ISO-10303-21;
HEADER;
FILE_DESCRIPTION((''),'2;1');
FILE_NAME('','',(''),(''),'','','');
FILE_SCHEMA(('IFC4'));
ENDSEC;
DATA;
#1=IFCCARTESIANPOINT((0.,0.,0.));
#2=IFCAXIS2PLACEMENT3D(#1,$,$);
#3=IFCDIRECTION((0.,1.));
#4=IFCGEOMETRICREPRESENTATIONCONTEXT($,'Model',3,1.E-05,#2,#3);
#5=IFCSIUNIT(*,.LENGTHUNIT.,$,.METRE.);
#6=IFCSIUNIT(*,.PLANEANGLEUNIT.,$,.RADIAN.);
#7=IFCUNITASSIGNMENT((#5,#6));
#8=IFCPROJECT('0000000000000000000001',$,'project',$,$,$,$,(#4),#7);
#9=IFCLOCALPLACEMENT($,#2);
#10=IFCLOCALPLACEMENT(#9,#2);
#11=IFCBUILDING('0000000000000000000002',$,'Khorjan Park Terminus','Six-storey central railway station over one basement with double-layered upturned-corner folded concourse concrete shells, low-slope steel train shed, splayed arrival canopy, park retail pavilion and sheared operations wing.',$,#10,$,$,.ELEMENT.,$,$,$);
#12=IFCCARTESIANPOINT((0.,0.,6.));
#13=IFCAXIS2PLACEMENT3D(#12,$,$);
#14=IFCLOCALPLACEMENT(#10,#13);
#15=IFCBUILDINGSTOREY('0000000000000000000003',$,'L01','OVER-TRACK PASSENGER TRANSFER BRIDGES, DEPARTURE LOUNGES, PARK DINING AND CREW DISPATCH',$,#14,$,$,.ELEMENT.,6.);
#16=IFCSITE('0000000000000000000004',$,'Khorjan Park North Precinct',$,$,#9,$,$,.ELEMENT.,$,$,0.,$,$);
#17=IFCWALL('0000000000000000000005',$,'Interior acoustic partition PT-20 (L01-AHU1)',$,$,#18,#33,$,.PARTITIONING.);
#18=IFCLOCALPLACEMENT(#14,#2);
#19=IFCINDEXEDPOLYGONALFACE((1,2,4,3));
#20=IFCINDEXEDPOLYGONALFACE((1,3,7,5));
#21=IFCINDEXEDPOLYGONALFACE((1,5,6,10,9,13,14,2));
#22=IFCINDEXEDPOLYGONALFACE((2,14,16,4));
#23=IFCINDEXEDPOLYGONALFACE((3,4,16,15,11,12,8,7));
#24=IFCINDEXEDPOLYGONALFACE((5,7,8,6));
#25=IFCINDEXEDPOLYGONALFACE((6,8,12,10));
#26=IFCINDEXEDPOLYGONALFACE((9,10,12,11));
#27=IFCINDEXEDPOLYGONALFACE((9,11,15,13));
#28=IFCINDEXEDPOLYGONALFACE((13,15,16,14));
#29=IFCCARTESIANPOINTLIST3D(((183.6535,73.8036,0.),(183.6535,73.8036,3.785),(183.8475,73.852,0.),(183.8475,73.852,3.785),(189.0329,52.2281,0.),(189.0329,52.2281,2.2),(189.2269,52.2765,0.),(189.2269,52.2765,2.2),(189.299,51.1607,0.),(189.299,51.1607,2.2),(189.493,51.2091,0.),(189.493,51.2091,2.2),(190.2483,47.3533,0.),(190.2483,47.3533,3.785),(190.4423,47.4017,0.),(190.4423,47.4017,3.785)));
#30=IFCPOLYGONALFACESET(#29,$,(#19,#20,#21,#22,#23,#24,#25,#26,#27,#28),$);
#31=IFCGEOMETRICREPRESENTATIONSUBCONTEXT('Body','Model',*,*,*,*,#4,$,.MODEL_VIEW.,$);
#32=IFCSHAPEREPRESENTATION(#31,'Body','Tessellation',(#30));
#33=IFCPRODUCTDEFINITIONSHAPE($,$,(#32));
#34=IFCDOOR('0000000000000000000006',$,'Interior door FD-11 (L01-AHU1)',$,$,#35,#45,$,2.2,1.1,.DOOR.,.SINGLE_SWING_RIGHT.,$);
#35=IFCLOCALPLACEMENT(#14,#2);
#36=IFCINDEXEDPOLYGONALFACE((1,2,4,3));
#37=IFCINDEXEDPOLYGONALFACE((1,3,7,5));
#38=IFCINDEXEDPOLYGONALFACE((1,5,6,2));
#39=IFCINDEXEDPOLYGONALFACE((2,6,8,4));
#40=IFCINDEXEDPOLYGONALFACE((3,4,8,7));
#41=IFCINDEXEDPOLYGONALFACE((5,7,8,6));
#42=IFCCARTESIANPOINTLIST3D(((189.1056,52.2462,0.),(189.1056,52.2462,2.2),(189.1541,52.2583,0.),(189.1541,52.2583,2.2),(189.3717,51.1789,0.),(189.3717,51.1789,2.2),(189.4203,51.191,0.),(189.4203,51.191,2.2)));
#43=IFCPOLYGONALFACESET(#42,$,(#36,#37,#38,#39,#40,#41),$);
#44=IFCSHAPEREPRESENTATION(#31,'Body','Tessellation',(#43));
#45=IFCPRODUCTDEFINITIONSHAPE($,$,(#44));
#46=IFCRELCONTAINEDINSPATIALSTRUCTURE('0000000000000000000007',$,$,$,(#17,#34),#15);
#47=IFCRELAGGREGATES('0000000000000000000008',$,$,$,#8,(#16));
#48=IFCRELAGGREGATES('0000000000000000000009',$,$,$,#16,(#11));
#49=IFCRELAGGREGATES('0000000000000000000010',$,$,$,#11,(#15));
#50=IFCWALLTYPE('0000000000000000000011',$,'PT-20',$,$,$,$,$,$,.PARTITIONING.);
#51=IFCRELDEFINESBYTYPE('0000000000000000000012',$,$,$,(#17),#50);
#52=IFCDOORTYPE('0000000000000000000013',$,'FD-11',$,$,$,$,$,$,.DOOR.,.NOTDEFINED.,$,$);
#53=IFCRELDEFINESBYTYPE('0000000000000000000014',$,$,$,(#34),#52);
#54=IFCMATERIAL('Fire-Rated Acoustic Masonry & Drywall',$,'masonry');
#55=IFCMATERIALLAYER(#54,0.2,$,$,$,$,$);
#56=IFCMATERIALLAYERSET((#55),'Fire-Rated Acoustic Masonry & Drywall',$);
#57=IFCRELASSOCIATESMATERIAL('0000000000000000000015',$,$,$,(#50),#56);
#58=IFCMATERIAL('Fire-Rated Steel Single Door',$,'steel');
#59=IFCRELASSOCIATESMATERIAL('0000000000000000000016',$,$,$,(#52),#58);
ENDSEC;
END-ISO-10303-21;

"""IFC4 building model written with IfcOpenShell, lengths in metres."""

from ifc_helpers import new_model, si_unit, direction, frame, frame_2d, origin, place, context, subcontext, project, spatial, rectangle, extrude, material, layer, layer_set, type_object, element, fill, save


model = new_model("IFC4")

# Units and contexts
model_context = context("Model", 3, precision=1e-05, world=origin(), true_north=direction((0.0, 1.0)))
body_context = subcontext(model_context, "Body", "Model", "MODEL_VIEW")
ifc_project = project(units=[si_unit("LENGTHUNIT", "METRE"), si_unit("PLANEANGLEUNIT", "RADIAN")], contexts=[model_context])

# Site, building, storey
site_placement = place(None, origin())
site = spatial("IfcSite", under=ifc_project, at=site_placement, Name="Khorjan Park North Precinct", CompositionType="ELEMENT", RefElevation=0.0)
building_placement = place(site_placement, origin())
building = spatial("IfcBuilding", under=site, at=building_placement, Name="Khorjan Park Terminus", Description="Six-storey central railway station over one basement with double-layered upturned-corner folded concourse concrete shells, low-slope steel train shed, splayed arrival canopy, park retail pavilion and sheared operations wing.", CompositionType="ELEMENT")
storey_placement = place(building_placement, frame((0.0, 0.0, 6.0)))
storey = spatial("IfcBuildingStorey", under=building, at=storey_placement, Name="L01", Description="OVER-TRACK PASSENGER TRANSFER BRIDGES, DEPARTURE LOUNGES, PARK DINING AND CREW DISPATCH", CompositionType="ELEMENT", Elevation=6.0)

# Wall, opening, door
ifc_material_1 = material(Name="Fire-Rated Acoustic Masonry & Drywall", Category="masonry")
ifc_layer_1 = layer(ifc_material_1, 0.2)
ifc_layer_set_1 = layer_set([ifc_layer_1], Name="Fire-Rated Acoustic Masonry & Drywall")
wall_type_1 = type_object("IfcWallType", Name="PT-20", PredefinedType="PARTITIONING", material=ifc_layer_set_1)
wall_1_placement = place(storey_placement, frame((190.3453, 47.3775, 0.0), z_axis=(0.0, 0.0, 1.0), x_axis=(-0.241922, 0.970296, 0.0)))
wall_1 = element("IfcWall", 1, at=wall_1_placement, inside=storey, type_object=wall_type_1, Name="Interior acoustic partition PT-20 (L01-AHU1)", PredefinedType="PARTITIONING", context=body_context, shape_type="SweptSolid", body=[
    extrude(rectangle(XDim=27.26, YDim=0.2, at=frame_2d((13.63, 0.0))), origin(), (0.0, 0.0, 1.0), 3.785),
])
opening_1_placement = place(wall_1_placement, frame((3.924, 0.0, 0.0)))
opening_1 = element("IfcOpeningElement", 2, at=opening_1_placement, cuts=wall_1, PredefinedType="OPENING", context=body_context, shape_type="SweptSolid", body=[
    extrude(rectangle(XDim=1.1, YDim=2.2, at=frame_2d((0.55, 1.1))), frame((0.0, 0.11, 0.0), z_axis=(0.0, -1.0, 0.0), x_axis=(1.0, 0.0, 0.0)), (0.0, 0.0, 1.0), 0.22),
])
ifc_material_2 = material(Name="Fire-Rated Steel Single Door", Category="steel")
door_type_1 = type_object("IfcDoorType", Name="FD-11", OperationType="NOTDEFINED", PredefinedType="DOOR", material=ifc_material_2)
door_1_placement = place(opening_1_placement, origin())
door_1 = element("IfcDoor", 3, at=door_1_placement, inside=storey, type_object=door_type_1, Name="Interior door FD-11 (L01-AHU1)", OperationType="SINGLE_SWING_RIGHT", OverallHeight=2.2, OverallWidth=1.1, PredefinedType="DOOR", context=body_context, shape_type="SweptSolid", body=[
    extrude(rectangle(XDim=1.1, YDim=2.2, at=frame_2d((0.55, 1.1))), frame((0.0, 0.025, 0.0), z_axis=(0.0, -1.0, 0.0), x_axis=(1.0, 0.0, 0.0)), (0.0, 0.0, 1.0), 0.05),
])
fill(opening_1, door_1)

save(model, "model.ifc")
